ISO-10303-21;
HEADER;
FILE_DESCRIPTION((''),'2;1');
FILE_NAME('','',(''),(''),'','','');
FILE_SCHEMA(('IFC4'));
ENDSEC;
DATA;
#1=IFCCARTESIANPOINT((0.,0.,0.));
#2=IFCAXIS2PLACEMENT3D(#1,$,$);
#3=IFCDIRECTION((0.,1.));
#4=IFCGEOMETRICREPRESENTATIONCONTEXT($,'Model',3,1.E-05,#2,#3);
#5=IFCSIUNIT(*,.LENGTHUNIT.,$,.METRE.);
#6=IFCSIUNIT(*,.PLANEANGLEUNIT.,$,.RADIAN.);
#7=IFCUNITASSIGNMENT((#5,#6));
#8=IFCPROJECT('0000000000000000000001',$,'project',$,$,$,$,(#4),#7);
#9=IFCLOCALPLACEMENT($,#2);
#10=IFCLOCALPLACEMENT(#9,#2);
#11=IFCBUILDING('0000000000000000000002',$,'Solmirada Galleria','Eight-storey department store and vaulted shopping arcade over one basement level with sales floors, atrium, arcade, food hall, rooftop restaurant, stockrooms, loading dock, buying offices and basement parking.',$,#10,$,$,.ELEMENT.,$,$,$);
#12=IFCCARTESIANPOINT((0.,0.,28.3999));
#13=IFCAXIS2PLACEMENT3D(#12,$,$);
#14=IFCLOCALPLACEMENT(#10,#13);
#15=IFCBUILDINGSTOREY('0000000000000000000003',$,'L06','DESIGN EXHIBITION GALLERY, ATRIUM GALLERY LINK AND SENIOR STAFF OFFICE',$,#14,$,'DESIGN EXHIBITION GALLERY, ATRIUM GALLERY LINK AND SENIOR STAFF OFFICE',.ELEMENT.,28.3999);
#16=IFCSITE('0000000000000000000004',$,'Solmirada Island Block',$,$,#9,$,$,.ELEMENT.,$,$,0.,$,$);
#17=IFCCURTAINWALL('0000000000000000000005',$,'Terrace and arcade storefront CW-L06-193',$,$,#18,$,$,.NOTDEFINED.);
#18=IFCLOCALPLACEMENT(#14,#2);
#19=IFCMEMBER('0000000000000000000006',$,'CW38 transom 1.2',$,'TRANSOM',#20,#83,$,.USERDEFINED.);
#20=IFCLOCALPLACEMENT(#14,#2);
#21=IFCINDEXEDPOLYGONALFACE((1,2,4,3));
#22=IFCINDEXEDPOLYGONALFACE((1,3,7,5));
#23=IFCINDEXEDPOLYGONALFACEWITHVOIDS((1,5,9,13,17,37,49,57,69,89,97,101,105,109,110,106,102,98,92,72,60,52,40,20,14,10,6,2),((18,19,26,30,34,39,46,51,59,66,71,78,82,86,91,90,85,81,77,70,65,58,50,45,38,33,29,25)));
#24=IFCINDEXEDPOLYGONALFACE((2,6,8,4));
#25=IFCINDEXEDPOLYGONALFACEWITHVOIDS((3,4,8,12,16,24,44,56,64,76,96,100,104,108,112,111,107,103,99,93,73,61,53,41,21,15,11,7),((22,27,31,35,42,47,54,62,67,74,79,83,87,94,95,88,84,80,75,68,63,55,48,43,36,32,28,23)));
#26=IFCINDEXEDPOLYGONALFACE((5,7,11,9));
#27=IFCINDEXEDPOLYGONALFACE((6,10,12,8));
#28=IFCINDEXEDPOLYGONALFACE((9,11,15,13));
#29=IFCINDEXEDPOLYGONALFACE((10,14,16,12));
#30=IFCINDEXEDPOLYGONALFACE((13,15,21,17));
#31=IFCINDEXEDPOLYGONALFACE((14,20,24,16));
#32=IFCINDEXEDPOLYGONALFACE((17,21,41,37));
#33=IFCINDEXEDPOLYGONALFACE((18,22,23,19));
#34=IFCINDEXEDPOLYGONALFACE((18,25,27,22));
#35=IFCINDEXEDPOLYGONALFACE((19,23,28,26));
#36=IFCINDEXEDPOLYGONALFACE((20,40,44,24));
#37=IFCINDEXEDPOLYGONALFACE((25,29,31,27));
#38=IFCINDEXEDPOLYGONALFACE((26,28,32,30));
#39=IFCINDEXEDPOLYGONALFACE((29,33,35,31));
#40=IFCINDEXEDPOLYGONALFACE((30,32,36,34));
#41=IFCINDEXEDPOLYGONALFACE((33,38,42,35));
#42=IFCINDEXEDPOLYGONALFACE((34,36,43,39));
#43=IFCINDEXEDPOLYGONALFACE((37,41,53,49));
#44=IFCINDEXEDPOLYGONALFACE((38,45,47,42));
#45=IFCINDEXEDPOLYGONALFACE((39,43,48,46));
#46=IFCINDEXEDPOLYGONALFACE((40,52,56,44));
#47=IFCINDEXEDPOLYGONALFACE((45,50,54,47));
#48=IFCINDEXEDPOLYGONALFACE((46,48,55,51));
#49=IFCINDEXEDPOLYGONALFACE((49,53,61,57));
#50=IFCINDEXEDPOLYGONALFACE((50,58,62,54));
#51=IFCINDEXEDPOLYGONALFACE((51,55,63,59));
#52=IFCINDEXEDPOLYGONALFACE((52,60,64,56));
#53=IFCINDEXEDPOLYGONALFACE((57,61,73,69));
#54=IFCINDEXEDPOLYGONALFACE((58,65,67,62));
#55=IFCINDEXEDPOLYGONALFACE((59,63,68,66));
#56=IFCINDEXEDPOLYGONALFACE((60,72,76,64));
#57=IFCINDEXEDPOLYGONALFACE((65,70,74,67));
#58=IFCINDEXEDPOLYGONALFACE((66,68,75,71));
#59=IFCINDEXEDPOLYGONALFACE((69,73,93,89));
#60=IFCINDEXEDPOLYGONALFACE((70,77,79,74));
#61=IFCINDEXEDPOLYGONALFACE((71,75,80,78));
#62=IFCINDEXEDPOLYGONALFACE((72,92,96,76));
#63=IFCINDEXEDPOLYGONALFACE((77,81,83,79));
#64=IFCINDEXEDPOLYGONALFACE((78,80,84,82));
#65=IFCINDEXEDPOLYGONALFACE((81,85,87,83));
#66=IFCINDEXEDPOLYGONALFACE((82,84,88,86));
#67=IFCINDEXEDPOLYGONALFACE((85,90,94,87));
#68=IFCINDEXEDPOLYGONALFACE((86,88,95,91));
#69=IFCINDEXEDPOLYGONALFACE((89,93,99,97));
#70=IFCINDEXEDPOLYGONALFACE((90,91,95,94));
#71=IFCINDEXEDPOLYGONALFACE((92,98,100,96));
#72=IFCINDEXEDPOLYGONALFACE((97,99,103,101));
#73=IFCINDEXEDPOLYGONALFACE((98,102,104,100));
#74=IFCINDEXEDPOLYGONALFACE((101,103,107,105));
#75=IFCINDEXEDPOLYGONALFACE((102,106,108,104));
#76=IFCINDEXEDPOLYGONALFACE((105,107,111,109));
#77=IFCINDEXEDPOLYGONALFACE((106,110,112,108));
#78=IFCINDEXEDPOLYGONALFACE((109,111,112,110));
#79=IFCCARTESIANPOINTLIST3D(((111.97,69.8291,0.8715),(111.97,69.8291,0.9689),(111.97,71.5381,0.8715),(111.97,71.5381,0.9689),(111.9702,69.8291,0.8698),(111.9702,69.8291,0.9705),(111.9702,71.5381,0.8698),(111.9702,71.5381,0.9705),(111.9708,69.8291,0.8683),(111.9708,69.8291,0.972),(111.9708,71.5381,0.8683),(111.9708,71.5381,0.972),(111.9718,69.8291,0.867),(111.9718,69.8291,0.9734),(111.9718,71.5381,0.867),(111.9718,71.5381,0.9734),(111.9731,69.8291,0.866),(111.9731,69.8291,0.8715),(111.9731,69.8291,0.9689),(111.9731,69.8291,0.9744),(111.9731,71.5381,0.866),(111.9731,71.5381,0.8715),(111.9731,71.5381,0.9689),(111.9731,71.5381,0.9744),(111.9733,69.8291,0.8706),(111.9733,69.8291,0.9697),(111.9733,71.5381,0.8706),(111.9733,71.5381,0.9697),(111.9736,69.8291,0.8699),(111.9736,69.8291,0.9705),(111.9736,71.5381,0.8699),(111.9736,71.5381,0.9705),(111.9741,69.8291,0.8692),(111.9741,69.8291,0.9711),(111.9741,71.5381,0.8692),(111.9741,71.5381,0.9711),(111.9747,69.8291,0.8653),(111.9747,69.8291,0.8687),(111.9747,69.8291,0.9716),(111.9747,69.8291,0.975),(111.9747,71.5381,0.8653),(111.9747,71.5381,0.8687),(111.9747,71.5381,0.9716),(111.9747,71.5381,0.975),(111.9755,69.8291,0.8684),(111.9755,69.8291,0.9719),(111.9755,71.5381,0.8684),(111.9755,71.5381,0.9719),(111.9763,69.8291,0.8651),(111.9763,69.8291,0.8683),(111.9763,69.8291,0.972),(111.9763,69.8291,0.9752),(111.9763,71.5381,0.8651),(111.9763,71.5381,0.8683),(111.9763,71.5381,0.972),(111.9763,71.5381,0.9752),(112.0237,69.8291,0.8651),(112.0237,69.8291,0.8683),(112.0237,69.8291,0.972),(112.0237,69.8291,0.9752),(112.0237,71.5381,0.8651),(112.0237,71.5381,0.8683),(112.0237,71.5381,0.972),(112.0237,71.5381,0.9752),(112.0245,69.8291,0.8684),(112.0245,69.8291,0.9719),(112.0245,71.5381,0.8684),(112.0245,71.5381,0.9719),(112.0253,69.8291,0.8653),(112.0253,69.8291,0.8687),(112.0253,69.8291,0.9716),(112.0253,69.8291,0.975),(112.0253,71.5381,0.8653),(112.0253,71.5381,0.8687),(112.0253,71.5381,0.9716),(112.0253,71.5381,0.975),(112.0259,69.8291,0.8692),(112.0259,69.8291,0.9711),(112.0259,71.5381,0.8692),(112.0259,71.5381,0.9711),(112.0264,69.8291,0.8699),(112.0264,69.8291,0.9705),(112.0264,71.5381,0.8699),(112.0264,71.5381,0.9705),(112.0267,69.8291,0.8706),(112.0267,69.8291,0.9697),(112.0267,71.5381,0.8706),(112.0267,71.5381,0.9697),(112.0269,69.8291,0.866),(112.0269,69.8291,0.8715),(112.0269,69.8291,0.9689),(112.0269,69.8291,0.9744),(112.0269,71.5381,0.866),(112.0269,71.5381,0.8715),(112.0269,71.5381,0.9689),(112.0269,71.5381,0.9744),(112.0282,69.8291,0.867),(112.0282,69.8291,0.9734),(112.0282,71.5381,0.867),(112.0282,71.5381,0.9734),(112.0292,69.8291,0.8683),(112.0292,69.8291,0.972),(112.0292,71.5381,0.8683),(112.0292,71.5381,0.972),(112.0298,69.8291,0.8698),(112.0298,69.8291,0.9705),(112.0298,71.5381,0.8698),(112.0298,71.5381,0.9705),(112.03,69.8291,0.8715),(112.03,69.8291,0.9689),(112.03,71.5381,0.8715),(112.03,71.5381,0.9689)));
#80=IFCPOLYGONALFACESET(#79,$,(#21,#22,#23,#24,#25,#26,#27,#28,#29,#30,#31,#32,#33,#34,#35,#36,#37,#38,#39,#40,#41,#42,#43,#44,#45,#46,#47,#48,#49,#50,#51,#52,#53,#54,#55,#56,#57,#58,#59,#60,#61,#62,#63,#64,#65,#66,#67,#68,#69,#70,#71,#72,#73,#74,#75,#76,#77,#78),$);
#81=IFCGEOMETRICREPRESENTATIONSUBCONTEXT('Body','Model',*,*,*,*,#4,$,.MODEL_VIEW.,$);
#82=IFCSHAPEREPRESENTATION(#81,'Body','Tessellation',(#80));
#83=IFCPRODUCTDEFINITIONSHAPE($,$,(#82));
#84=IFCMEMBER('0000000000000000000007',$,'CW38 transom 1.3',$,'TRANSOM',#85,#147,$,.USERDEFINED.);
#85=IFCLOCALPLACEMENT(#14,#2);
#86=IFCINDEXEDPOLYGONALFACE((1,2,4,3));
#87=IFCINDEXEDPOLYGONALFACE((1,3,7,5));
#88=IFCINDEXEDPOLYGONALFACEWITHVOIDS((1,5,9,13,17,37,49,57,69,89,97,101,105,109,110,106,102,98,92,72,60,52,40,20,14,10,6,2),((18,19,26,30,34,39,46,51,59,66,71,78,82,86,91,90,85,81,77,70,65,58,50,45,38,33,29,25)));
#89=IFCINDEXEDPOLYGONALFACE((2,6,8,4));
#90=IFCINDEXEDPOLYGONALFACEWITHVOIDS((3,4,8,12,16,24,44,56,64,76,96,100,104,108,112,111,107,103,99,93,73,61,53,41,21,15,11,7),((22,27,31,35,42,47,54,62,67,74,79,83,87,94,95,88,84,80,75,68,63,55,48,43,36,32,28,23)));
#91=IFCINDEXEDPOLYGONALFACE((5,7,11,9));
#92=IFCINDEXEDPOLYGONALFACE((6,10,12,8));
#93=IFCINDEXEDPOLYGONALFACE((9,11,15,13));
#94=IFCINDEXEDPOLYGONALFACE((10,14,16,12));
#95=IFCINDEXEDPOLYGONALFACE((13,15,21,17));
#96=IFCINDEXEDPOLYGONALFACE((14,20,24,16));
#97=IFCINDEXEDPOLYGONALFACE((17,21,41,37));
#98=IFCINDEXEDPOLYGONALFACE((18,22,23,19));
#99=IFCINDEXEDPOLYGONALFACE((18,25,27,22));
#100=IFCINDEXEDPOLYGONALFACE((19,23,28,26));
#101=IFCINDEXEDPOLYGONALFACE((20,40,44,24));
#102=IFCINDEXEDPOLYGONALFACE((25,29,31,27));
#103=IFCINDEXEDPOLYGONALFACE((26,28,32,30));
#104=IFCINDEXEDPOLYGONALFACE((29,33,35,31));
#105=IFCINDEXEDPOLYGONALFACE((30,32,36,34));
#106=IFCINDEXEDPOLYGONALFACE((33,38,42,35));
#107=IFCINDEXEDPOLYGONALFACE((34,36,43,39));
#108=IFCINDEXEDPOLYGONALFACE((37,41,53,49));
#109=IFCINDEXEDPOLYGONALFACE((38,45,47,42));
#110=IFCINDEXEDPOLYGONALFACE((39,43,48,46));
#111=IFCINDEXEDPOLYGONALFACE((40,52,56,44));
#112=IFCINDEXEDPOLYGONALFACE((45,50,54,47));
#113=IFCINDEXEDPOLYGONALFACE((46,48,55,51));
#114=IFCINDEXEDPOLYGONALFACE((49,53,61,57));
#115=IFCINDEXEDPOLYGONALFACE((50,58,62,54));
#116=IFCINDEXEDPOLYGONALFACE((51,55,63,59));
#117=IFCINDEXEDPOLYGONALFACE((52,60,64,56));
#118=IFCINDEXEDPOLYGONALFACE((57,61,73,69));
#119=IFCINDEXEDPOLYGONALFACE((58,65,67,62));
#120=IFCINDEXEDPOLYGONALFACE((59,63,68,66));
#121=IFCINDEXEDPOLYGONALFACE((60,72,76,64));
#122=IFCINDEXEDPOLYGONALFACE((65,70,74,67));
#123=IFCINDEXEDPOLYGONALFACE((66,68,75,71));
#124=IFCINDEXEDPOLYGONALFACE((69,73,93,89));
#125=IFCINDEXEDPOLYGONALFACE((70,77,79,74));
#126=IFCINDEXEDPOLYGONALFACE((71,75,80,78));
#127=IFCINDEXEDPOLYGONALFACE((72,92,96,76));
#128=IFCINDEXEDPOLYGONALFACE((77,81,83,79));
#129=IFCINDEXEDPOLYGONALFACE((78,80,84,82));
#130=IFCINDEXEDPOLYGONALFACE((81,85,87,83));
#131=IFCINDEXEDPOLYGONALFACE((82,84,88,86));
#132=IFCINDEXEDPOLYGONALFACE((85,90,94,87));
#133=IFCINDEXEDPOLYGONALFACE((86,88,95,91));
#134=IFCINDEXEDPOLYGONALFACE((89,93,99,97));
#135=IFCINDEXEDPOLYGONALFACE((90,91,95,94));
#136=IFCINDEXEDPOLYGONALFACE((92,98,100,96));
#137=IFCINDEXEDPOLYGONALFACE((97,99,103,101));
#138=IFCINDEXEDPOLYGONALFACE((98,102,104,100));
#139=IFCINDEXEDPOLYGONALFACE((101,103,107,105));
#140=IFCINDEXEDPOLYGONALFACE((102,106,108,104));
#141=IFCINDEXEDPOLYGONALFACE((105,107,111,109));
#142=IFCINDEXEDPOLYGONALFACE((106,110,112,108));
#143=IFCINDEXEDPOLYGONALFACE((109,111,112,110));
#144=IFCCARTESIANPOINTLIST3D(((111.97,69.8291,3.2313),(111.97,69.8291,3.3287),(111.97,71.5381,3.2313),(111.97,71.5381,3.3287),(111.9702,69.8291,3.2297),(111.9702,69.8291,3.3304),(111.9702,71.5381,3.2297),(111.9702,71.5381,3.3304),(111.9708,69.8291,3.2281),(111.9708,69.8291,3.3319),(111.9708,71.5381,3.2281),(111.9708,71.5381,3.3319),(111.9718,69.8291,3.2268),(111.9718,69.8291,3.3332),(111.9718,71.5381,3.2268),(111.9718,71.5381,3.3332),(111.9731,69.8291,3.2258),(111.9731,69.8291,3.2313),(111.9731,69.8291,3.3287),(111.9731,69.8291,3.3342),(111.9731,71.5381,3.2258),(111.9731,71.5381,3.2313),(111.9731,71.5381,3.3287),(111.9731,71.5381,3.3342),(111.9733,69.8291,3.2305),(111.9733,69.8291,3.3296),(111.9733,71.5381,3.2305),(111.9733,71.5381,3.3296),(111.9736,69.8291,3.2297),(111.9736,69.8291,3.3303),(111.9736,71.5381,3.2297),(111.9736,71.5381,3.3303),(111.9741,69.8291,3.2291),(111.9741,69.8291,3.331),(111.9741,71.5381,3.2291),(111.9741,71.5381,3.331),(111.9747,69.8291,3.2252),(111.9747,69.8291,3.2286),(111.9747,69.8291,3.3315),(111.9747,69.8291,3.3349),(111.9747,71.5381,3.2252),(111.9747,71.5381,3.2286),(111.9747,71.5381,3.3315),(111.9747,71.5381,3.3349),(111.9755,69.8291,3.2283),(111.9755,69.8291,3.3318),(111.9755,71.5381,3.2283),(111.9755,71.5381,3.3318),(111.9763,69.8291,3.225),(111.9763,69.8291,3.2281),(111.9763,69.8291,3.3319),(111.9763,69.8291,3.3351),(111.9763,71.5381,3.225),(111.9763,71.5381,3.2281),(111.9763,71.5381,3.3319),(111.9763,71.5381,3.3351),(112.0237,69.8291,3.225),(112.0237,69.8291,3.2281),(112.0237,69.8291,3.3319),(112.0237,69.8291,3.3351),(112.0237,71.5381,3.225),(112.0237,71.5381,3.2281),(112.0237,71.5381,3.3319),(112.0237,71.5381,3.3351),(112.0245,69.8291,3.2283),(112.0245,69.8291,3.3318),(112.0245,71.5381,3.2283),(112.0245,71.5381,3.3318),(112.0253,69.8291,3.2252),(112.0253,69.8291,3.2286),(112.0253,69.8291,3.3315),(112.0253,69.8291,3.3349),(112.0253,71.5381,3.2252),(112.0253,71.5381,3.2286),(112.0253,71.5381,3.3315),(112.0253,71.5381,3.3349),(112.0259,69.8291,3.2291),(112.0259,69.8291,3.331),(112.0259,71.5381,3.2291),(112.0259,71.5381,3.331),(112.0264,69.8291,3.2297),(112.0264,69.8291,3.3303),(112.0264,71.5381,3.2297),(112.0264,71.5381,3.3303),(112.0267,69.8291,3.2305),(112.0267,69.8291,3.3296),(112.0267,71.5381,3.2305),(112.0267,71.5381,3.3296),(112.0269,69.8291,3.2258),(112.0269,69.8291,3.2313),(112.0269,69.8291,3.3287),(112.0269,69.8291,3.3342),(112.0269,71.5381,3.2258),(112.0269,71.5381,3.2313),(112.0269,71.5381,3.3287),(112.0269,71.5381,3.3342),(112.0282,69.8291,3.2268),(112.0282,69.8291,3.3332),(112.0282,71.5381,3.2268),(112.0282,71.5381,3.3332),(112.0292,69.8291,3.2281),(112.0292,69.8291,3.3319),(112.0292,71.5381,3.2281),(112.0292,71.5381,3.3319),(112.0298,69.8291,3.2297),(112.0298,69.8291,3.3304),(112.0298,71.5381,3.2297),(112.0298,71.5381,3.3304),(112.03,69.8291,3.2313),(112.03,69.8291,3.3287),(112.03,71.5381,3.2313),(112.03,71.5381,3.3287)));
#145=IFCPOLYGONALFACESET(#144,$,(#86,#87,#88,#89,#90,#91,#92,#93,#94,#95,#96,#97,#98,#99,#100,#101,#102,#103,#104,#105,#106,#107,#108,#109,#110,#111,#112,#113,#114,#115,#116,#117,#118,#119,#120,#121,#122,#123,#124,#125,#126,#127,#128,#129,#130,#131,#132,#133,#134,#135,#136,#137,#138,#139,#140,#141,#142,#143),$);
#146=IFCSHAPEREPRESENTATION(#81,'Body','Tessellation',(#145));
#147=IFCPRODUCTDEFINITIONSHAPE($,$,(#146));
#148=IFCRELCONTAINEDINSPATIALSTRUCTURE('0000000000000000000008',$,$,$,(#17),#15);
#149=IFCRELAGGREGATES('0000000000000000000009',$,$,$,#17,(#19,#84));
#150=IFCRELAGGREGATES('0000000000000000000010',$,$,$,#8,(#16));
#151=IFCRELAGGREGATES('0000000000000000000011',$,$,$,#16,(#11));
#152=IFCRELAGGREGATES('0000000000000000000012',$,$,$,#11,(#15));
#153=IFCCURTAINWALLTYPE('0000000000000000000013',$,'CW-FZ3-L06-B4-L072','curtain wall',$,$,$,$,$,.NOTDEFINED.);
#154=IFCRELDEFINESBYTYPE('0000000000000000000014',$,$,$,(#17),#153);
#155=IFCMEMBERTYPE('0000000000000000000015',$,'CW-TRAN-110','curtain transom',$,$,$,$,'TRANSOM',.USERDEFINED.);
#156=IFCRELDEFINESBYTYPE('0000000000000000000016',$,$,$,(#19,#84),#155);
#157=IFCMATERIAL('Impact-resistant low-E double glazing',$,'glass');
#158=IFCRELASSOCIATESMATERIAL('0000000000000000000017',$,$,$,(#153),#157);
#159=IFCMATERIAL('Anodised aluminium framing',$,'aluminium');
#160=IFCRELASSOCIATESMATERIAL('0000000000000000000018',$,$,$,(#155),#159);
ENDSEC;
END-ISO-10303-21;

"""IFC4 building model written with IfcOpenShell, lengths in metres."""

from ifc_helpers import new_model, si_unit, direction, frame, origin, origin_2d, place, context, subcontext, project, spatial, hollow_rectangle, extrude, material, material_profile, profile_set, type_object, element, aggregate, save


model = new_model("IFC4")

# Units and contexts
model_context = context("Model", 3, precision=1e-05, world=origin(), true_north=direction((0.0, 1.0)))
body_context = subcontext(model_context, "Body", "Model", "MODEL_VIEW")
ifc_project = project(units=[si_unit("LENGTHUNIT", "METRE"), si_unit("PLANEANGLEUNIT", "RADIAN")], contexts=[model_context])

# Site, building, storey
site_placement = place(None, origin())
site = spatial("IfcSite", under=ifc_project, at=site_placement, Name="Solmirada Island Block", CompositionType="ELEMENT", RefElevation=0.0)
building_placement = place(site_placement, origin())
building = spatial("IfcBuilding", under=site, at=building_placement, Name="Solmirada Galleria", Description="Eight-storey department store and vaulted shopping arcade over one basement level with sales floors, atrium, arcade, food hall, rooftop restaurant, stockrooms, loading dock, buying offices and basement parking.", CompositionType="ELEMENT")
storey_placement = place(building_placement, frame((0.0, 0.0, 28.3999)))
storey = spatial("IfcBuildingStorey", under=building, at=storey_placement, Name="L06", Description="DESIGN EXHIBITION GALLERY, ATRIUM GALLERY LINK AND SENIOR STAFF OFFICE", LongName="DESIGN EXHIBITION GALLERY, ATRIUM GALLERY LINK AND SENIOR STAFF OFFICE", CompositionType="ELEMENT", Elevation=28.3999)

# Curtain wall
ifc_material_1 = material(Name="Impact-resistant low-E double glazing", Category="glass")
curtain_wall_type = type_object("IfcCurtainWallType", Name="CW-FZ3-L06-B4-L072", Description="curtain wall", PredefinedType="NOTDEFINED", material=ifc_material_1)
ifc_material_2 = material(Name="Anodised aluminium framing", Category="aluminium")
curtain_wall_1_placement = place(storey_placement, origin())
curtain_wall_1 = element("IfcCurtainWall", 1, at=curtain_wall_1_placement, inside=storey, type_object=curtain_wall_type, Name="Terrace and arcade storefront CW-L06-193", PredefinedType="NOTDEFINED")

# Members
ifc_material_profile_1 = material_profile(ifc_material_2, hollow_rectangle(XDim=0.0601, YDim=0.1101, WallThickness=0.0032, InnerFilletRadius=0.0032, OuterFilletRadius=0.0063, at=origin_2d()), Name="ALU-TRAN-110X60")
ifc_profile_set_1 = profile_set([ifc_material_profile_1], Name="Anodised aluminium framing")
member_type_1 = type_object("IfcMemberType", Name="CW-TRAN-110", Description="curtain transom", ElementType="TRANSOM", PredefinedType="USERDEFINED", material=ifc_profile_set_1)
member_1_placement = place(storey_placement, frame((112.0, 71.5381, 0.9202), z_axis=(0.0, -1.0, 0.0), x_axis=(1.0, 0.0, 0.0)))
member_1 = element("IfcMember", 2, at=member_1_placement, type_object=member_type_1, Name="CW38 transom 1.2", ObjectType="TRANSOM", PredefinedType="USERDEFINED", context=body_context, shape_type="SweptSolid", body=[
    extrude(hollow_rectangle(XDim=0.0601, YDim=0.1101, WallThickness=0.0032, InnerFilletRadius=0.0032, OuterFilletRadius=0.0063, at=origin_2d()), origin(), (0.0, 0.0, 1.0), 1.709),
])
member_2_placement = place(storey_placement, frame((112.0, 71.5381, 3.28), z_axis=(0.0, -1.0, 0.0), x_axis=(1.0, 0.0, 0.0)))
member_2 = element("IfcMember", 3, at=member_2_placement, type_object=member_type_1, Name="CW38 transom 1.3", ObjectType="TRANSOM", PredefinedType="USERDEFINED", context=body_context, shape_type="SweptSolid", body=[
    extrude(hollow_rectangle(XDim=0.0601, YDim=0.1101, WallThickness=0.0032, InnerFilletRadius=0.0032, OuterFilletRadius=0.0063, at=origin_2d()), origin(), (0.0, 0.0, 1.0), 1.709),
])

aggregate(curtain_wall_1, [member_1, member_2])

save(model, "model.ifc")
